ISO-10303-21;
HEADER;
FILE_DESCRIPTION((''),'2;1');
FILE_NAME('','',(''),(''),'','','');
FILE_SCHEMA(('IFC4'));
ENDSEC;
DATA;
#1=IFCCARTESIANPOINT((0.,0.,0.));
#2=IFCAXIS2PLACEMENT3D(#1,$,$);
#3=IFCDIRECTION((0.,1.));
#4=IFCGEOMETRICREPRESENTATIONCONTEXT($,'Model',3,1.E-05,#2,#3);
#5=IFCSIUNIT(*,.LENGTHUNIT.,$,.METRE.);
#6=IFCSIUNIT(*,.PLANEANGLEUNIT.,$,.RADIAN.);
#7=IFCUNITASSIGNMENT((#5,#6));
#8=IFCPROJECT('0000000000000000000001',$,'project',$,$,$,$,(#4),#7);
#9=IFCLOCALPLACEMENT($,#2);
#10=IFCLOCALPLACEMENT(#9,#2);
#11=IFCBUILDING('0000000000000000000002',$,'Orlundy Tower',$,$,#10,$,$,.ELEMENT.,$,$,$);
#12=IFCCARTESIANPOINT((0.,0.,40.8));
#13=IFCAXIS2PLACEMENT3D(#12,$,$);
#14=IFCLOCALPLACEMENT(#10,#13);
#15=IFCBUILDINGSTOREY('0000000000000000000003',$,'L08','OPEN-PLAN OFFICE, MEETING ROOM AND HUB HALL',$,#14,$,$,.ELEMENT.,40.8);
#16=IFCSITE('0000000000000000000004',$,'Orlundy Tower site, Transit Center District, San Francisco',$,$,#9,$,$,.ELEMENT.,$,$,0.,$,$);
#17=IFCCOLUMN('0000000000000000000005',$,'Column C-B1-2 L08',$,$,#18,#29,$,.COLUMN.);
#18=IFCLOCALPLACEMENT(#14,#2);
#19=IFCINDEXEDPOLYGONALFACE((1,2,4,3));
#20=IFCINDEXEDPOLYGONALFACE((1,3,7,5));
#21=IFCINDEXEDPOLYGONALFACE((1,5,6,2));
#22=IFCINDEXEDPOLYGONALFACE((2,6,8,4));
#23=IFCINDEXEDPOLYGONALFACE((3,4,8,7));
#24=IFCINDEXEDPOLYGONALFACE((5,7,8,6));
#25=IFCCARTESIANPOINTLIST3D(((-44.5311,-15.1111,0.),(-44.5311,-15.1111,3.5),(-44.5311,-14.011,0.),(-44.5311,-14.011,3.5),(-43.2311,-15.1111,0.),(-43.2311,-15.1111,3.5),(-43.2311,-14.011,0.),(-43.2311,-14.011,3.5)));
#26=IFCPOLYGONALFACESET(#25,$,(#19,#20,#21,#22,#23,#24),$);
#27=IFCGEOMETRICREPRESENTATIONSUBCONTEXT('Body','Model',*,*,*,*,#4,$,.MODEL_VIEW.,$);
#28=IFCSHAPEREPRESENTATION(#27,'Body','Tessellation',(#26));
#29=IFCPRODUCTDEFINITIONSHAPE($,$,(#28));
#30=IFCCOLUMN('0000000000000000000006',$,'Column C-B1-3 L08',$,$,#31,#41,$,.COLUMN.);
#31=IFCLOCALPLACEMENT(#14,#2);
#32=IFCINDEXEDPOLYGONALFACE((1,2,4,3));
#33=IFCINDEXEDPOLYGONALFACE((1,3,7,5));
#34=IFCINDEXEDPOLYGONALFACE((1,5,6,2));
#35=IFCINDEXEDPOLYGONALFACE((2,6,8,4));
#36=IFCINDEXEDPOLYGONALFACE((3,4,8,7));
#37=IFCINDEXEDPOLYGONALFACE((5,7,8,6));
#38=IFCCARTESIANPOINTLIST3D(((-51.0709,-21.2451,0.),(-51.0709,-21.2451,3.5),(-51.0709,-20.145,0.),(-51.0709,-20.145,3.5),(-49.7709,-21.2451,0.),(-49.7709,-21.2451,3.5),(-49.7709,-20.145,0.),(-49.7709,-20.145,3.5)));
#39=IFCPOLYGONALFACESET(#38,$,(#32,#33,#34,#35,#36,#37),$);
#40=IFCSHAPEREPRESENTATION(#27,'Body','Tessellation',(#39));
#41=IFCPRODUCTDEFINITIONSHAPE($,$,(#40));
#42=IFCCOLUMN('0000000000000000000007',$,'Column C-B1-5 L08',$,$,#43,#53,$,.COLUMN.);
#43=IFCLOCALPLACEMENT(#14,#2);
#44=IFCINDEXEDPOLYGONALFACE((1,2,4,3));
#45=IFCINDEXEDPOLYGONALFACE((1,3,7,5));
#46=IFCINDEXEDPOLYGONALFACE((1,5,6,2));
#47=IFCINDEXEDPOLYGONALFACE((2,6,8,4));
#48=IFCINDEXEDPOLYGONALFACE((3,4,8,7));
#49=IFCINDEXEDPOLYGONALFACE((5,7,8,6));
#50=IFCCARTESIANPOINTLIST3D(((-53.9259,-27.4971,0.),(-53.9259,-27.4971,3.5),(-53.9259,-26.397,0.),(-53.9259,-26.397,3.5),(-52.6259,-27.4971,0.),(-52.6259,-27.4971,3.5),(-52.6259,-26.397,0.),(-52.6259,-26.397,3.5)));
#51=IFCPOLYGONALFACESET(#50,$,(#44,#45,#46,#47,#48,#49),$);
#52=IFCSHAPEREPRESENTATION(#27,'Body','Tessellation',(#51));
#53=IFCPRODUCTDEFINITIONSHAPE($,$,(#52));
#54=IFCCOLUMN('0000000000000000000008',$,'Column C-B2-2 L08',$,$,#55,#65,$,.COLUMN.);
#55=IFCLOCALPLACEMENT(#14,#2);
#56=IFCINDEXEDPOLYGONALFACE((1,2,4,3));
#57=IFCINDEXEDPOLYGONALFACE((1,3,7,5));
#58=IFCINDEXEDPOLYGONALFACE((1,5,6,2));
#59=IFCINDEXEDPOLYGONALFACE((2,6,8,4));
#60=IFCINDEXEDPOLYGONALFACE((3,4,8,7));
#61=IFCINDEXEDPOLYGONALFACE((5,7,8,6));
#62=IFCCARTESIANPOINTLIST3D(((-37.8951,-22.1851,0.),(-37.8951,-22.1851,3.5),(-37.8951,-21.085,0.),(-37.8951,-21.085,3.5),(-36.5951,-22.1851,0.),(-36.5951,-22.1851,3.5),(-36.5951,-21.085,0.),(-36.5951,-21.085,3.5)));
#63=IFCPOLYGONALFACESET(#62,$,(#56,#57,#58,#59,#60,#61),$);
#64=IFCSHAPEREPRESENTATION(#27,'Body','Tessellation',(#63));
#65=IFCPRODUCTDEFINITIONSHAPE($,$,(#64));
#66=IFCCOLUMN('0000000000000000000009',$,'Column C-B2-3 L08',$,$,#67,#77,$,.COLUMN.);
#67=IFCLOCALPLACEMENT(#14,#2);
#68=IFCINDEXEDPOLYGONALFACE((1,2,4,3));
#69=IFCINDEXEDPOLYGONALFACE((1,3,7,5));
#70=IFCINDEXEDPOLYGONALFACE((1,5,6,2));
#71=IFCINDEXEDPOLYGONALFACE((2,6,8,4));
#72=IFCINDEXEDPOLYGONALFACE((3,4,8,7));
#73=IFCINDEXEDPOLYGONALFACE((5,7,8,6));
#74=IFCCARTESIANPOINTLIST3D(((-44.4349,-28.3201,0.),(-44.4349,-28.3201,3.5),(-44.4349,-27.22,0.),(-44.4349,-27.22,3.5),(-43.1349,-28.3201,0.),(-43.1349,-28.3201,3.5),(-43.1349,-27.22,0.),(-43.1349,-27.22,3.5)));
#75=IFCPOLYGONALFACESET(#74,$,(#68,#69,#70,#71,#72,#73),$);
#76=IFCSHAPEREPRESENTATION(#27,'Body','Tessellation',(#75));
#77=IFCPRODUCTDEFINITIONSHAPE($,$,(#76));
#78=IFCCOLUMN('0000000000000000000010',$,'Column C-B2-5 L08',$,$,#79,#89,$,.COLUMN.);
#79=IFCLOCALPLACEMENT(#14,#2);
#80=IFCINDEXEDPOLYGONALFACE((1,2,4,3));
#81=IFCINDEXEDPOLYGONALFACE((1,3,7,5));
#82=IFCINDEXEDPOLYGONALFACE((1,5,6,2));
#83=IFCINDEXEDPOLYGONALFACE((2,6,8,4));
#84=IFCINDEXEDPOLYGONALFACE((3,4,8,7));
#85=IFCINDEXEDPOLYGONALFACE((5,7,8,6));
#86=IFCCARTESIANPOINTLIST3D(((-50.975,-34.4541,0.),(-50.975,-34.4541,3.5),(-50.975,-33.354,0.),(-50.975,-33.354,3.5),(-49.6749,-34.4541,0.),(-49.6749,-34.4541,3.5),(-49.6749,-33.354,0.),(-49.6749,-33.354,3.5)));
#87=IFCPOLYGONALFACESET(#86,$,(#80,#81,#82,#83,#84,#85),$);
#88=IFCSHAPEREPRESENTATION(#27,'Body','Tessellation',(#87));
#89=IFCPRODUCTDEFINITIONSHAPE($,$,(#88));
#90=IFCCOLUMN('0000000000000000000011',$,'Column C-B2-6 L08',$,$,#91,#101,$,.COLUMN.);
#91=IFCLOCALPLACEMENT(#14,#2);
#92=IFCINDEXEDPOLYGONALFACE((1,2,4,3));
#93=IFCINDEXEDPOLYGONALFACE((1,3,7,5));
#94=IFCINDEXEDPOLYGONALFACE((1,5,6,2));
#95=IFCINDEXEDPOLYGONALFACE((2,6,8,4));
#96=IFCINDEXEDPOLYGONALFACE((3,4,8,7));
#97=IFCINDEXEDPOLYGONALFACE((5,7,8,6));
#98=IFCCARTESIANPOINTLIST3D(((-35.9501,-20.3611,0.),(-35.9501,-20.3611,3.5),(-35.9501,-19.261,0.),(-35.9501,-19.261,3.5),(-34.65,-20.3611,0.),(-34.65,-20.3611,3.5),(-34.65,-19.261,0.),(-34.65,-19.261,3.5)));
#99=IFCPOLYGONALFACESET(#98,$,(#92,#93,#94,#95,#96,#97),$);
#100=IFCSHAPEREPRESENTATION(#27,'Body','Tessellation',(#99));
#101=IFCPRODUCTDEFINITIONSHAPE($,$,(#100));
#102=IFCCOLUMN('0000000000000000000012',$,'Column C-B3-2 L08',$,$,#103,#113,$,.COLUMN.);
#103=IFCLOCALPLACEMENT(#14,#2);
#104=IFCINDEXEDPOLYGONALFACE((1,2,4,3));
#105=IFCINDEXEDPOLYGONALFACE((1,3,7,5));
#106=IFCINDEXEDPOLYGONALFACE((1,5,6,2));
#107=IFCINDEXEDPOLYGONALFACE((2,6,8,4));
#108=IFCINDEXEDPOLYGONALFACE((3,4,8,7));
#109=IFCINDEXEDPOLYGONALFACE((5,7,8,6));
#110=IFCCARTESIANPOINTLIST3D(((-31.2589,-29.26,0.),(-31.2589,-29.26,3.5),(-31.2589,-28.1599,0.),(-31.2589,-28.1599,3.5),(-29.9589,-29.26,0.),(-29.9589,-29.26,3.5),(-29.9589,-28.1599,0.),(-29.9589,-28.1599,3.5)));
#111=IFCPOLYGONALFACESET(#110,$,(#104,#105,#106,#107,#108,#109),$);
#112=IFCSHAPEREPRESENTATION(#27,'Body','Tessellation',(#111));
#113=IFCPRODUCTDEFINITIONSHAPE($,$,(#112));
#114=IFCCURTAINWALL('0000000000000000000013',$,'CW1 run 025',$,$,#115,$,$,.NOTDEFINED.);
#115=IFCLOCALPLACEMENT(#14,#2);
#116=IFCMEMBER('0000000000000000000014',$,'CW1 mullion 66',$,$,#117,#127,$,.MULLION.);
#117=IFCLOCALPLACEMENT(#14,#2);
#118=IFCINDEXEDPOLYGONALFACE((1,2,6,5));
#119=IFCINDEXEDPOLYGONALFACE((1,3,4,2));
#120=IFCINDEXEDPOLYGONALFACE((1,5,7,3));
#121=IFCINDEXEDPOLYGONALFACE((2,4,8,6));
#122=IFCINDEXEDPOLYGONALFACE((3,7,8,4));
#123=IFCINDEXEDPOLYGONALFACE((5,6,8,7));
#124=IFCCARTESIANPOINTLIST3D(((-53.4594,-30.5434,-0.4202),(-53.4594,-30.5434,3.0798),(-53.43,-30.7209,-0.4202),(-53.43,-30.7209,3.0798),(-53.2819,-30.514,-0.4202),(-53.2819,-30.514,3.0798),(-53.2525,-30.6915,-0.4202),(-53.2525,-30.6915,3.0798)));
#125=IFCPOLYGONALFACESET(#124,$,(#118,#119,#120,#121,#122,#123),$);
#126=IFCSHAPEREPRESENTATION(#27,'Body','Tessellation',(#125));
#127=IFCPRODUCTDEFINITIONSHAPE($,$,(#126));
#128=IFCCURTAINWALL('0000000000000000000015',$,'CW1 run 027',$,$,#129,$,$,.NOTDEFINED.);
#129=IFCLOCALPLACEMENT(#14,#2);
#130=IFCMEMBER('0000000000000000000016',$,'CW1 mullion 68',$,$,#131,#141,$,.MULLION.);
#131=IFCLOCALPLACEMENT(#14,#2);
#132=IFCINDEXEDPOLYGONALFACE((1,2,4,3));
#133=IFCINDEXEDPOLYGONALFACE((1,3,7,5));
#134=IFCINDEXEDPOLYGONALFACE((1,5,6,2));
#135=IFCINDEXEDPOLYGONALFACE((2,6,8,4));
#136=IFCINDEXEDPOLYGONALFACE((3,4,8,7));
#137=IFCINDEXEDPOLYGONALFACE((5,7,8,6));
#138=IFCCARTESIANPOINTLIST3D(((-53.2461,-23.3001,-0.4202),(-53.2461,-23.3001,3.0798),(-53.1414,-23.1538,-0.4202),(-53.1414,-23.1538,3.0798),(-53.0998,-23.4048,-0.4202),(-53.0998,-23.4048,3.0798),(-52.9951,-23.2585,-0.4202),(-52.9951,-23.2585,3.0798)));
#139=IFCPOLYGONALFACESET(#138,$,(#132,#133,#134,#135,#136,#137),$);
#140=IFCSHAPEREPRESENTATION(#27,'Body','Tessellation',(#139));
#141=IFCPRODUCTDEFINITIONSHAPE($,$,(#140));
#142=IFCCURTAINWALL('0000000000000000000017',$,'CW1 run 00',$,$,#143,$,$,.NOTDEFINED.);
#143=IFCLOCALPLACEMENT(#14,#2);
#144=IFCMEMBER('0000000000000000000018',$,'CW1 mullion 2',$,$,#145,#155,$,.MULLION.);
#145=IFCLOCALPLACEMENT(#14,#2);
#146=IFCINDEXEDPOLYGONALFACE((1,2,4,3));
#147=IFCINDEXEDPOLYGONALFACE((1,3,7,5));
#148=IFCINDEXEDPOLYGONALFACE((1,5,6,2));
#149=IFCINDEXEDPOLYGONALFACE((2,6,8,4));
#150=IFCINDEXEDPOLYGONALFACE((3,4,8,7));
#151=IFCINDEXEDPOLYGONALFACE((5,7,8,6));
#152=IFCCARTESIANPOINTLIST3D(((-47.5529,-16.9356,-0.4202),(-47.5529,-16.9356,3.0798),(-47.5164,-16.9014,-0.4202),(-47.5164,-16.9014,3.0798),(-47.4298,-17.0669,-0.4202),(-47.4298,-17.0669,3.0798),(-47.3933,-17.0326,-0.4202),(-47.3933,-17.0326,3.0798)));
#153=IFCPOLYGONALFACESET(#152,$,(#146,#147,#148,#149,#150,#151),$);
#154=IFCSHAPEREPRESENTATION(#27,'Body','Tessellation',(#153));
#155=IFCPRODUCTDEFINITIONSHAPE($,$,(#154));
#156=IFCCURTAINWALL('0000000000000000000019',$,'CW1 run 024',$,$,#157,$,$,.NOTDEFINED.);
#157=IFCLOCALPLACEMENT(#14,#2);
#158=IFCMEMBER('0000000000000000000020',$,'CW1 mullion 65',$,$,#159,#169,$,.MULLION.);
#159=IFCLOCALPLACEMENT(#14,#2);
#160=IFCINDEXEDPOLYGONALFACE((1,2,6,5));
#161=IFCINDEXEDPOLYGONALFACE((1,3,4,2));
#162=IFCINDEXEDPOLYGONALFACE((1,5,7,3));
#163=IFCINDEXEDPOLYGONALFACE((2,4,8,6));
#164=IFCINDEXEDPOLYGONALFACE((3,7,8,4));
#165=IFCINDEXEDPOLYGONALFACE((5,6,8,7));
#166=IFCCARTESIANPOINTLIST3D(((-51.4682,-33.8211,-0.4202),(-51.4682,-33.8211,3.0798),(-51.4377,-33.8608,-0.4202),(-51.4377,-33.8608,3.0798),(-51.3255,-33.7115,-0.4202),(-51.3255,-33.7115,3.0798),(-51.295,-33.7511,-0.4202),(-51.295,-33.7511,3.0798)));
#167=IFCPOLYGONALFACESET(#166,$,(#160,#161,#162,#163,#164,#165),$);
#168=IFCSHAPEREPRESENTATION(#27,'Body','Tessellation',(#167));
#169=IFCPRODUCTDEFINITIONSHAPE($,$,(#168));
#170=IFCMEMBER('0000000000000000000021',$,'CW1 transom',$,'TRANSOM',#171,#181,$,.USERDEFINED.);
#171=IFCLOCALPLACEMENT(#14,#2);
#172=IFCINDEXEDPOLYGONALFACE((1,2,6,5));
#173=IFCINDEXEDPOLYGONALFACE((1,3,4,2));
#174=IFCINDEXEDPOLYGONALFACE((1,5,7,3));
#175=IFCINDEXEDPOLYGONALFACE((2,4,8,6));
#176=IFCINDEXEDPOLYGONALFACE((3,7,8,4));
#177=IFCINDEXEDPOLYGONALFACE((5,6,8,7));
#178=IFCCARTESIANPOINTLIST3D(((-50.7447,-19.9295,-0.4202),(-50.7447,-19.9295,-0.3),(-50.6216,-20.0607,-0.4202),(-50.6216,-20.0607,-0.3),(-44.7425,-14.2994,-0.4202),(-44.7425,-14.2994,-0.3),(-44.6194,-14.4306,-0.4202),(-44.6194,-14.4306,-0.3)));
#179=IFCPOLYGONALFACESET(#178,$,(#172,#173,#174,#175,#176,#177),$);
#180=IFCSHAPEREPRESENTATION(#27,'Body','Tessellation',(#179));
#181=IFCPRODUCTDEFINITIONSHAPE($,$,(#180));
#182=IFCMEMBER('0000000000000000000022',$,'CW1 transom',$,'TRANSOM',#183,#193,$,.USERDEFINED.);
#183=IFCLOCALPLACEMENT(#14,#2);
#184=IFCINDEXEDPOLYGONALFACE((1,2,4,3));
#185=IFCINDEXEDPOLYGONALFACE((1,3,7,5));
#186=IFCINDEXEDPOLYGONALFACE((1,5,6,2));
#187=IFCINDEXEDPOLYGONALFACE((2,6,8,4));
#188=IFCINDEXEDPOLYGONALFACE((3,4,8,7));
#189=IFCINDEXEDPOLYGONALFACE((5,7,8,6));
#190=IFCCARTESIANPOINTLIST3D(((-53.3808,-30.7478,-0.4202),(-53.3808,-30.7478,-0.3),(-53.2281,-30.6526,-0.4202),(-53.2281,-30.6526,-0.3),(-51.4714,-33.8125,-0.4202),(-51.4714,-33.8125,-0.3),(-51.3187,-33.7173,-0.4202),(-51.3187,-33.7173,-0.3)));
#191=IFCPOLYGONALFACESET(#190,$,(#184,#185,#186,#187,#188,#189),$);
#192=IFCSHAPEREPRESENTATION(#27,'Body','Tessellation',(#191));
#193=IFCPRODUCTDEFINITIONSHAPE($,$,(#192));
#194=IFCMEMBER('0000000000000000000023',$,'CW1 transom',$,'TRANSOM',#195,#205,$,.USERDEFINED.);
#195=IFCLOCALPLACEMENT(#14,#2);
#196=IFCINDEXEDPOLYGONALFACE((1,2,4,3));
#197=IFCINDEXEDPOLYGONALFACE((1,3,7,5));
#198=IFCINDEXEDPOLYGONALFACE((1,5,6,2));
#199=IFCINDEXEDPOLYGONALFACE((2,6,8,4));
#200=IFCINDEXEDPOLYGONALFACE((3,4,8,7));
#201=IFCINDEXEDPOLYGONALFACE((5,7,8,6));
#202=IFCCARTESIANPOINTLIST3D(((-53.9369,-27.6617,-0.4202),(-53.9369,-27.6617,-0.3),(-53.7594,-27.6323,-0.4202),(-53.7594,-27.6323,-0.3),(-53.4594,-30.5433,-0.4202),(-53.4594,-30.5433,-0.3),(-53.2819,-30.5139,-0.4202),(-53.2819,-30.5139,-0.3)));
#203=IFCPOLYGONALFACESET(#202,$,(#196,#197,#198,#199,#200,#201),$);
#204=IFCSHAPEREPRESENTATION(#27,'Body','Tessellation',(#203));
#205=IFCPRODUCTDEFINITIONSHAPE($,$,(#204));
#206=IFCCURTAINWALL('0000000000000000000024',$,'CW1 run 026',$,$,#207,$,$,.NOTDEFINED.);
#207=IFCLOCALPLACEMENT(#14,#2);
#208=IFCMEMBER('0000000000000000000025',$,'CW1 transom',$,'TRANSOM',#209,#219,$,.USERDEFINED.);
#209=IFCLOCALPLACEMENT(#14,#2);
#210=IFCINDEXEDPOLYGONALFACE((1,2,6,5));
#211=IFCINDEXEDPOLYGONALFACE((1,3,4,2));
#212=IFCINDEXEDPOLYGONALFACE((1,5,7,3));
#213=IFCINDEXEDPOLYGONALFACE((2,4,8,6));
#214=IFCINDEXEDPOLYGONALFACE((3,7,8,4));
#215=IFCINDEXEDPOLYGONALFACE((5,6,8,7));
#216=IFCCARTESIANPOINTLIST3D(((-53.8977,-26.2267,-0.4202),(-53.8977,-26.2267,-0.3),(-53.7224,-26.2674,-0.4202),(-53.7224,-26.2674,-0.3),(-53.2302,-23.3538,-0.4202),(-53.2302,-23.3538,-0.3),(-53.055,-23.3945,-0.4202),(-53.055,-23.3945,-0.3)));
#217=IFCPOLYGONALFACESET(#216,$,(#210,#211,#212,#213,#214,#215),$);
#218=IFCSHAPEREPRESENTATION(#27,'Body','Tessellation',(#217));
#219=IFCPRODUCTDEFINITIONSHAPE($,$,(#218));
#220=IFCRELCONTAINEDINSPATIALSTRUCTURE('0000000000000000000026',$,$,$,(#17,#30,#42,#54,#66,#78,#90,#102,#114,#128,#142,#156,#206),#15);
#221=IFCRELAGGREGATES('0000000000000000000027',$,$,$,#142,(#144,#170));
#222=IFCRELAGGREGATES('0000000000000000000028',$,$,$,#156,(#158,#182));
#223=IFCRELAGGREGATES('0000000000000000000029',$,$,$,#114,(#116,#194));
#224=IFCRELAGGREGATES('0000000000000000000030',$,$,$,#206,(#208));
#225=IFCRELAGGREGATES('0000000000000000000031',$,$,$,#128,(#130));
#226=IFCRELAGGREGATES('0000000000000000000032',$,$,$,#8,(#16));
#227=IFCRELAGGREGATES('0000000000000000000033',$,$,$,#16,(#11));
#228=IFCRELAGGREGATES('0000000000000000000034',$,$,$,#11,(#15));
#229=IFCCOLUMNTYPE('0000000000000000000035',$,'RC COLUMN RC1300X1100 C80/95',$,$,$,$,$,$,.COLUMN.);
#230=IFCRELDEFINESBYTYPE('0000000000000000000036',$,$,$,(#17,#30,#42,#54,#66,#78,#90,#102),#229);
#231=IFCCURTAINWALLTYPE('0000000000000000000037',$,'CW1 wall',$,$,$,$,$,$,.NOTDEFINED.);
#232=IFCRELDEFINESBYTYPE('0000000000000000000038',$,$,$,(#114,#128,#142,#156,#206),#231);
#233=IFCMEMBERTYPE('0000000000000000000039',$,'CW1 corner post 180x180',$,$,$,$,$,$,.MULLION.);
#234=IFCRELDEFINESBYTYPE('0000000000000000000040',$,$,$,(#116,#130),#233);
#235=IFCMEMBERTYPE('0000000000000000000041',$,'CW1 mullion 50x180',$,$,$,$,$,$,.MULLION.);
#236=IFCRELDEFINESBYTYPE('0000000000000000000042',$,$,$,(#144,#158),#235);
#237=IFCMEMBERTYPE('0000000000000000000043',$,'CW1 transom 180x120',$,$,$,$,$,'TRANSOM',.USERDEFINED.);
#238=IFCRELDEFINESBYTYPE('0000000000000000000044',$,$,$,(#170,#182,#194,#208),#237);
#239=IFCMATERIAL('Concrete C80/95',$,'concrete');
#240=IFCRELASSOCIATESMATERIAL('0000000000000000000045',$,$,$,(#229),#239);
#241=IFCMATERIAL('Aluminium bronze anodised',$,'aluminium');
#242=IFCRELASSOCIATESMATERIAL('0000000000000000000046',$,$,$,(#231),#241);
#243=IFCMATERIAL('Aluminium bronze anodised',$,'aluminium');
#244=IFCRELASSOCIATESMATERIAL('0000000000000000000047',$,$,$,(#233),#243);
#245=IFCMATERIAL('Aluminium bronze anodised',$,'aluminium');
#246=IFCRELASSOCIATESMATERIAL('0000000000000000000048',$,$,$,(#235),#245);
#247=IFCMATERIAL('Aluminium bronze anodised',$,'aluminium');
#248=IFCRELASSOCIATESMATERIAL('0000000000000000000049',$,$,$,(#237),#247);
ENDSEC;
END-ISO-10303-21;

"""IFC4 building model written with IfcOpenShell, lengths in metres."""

from ifc_helpers import new_model, si_unit, direction, frame, origin, origin_2d, place, context, subcontext, project, spatial, rectangle, extrude, material, material_profile, profile_set, type_object, element, aggregate, save


model = new_model("IFC4")

# Units and contexts
model_context = context("Model", 3, precision=1e-05, world=origin(), true_north=direction((0.0, 1.0)))
body_context = subcontext(model_context, "Body", "Model", "MODEL_VIEW")
ifc_project = project(units=[si_unit("LENGTHUNIT", "METRE"), si_unit("PLANEANGLEUNIT", "RADIAN")], contexts=[model_context])

# Site, building, storey
site_placement = place(None, origin())
site = spatial("IfcSite", under=ifc_project, at=site_placement, Name="Orlundy Tower site, Transit Center District, San Francisco", CompositionType="ELEMENT", RefElevation=0.0)
building_placement = place(site_placement, origin())
building = spatial("IfcBuilding", under=site, at=building_placement, Name="Orlundy Tower", CompositionType="ELEMENT")
storey_placement = place(building_placement, frame((0.0, 0.0, 40.8)))
storey = spatial("IfcBuildingStorey", under=building, at=storey_placement, Name="L08", Description="OPEN-PLAN OFFICE, MEETING ROOM AND HUB HALL", CompositionType="ELEMENT", Elevation=40.8)

# Columns
ifc_material_1 = material(Name="Concrete C80/95", Category="concrete")
ifc_material_profile_1 = material_profile(ifc_material_1, rectangle(XDim=1.3, YDim=1.1001, at=origin_2d()), Name="RC1300X1100")
ifc_profile_set_1 = profile_set([ifc_material_profile_1], Name="Concrete C80/95")
column_type = type_object("IfcColumnType", Name="RC COLUMN RC1300X1100 C80/95", PredefinedType="COLUMN", material=ifc_profile_set_1)
for number, where, z_axis, x_axis, name in (
    (1, (-43.8811, -14.561, 0.0), (0.0, 0.0, 1.0), (1.0, 0.0, 0.0), "Column C-B1-2 L08"),
    (2, (-50.4209, -20.6951, 0.0), (0.0, 0.0, 1.0), (1.0, 0.0, 0.0), "Column C-B1-3 L08"),
    (3, (-53.2759, -26.947, 0.0), (0.0, 0.0, 1.0), (1.0, 0.0, 0.0), "Column C-B1-5 L08"),
    (4, (-37.2451, -21.635, 0.0), (0.0, 0.0, 1.0), (1.0, 0.0, 0.0), "Column C-B2-2 L08"),
    (5, (-43.7849, -27.77, 0.0), (0.0, 0.0, 1.0), (1.0, 0.0, 0.0), "Column C-B2-3 L08"),
    (6, (-50.325, -33.9041, 0.0), (0.0, 0.0, 1.0), (1.0, 0.0, 0.0), "Column C-B2-5 L08"),
    (7, (-35.3, -19.811, 0.0), (0.0, 0.0, 1.0), (1.0, 0.0, 0.0), "Column C-B2-6 L08"),
    (8, (-30.6089, -28.71, 0.0), (0.0, 0.0, 1.0), (1.0, 0.0, 0.0), "Column C-B3-2 L08"),
):
    element("IfcColumn", number, at=place(storey_placement, frame(where, z_axis=z_axis, x_axis=x_axis)), inside=storey, type_object=column_type, Name=name, PredefinedType="COLUMN", context=body_context, shape_type="SweptSolid", body=[
        extrude(rectangle(XDim=1.3, YDim=1.1001, at=origin_2d()), origin(), (0.0, 0.0, 1.0), 3.5),
    ])

# Curtain walls, members
ifc_material_2 = material(Name="Aluminium bronze anodised", Category="aluminium")
curtain_wall_type = type_object("IfcCurtainWallType", Name="CW1 wall", PredefinedType="NOTDEFINED", material=ifc_material_2)
curtain_wall_1_placement = place(storey_placement, origin())
curtain_wall_1 = element("IfcCurtainWall", 9, at=curtain_wall_1_placement, inside=storey, type_object=curtain_wall_type, Name="CW1 run 025", PredefinedType="NOTDEFINED")
ifc_material_3 = material(Name="Aluminium bronze anodised", Category="aluminium")
ifc_material_profile_2 = material_profile(ifc_material_3, rectangle(XDim=0.1799, YDim=0.1799, at=origin_2d()), Name="CW1 corner post 180x180")
ifc_profile_set_2 = profile_set([ifc_material_profile_2], Name="Aluminium bronze anodised")
member_type_1 = type_object("IfcMemberType", Name="CW1 corner post 180x180", PredefinedType="MULLION", material=ifc_profile_set_2)
member_1_placement = place(storey_placement, frame((-53.356, -30.6174, -0.4202), z_axis=(0.0, 0.0, 1.0), x_axis=(-0.986547, -0.16348, 0.0)))
member_1 = element("IfcMember", 10, at=member_1_placement, type_object=member_type_1, Name="CW1 mullion 66", PredefinedType="MULLION", context=body_context, shape_type="SweptSolid", body=[
    extrude(rectangle(XDim=0.1799, YDim=0.1799, at=origin_2d()), origin(), (0.0, 0.0, 1.0), 3.5),
])
curtain_wall_2_placement = place(storey_placement, origin())
curtain_wall_2 = element("IfcCurtainWall", 11, at=curtain_wall_2_placement, inside=storey, type_object=curtain_wall_type, Name="CW1 run 027", PredefinedType="NOTDEFINED")
member_2_placement = place(storey_placement, frame((-53.1206, -23.2793, -0.4202), z_axis=(0.0, 0.0, 1.0), x_axis=(-0.813204, 0.581978, 0.0)))
member_2 = element("IfcMember", 12, at=member_2_placement, type_object=member_type_1, Name="CW1 mullion 68", PredefinedType="MULLION", context=body_context, shape_type="SweptSolid", body=[
    extrude(rectangle(XDim=0.1799, YDim=0.1799, at=origin_2d()), origin(), (0.0, 0.0, 1.0), 3.5),
])
curtain_wall_3_placement = place(storey_placement, origin())
curtain_wall_3 = element("IfcCurtainWall", 13, at=curtain_wall_3_placement, inside=storey, type_object=curtain_wall_type, Name="CW1 run 00", PredefinedType="NOTDEFINED")
ifc_material_4 = material(Name="Aluminium bronze anodised", Category="aluminium")
ifc_material_profile_3 = material_profile(ifc_material_4, rectangle(XDim=0.1799, YDim=0.05, at=origin_2d()), Name="CW1 mullion 50x180")
ifc_profile_set_3 = profile_set([ifc_material_profile_3], Name="Aluminium bronze anodised")
member_type_2 = type_object("IfcMemberType", Name="CW1 mullion 50x180", PredefinedType="MULLION", material=ifc_profile_set_3)
member_3_placement = place(storey_placement, frame((-47.4731, -16.9841, -0.4202), z_axis=(0.0, 0.0, 1.0), x_axis=(-0.684139, 0.729351, 0.0)))
member_3 = element("IfcMember", 14, at=member_3_placement, type_object=member_type_2, Name="CW1 mullion 2", PredefinedType="MULLION", context=body_context, shape_type="SweptSolid", body=[
    extrude(rectangle(XDim=0.1799, YDim=0.05, at=origin_2d()), origin(), (0.0, 0.0, 1.0), 3.5),
])
curtain_wall_4_placement = place(storey_placement, origin())
curtain_wall_4 = element("IfcCurtainWall", 15, at=curtain_wall_4_placement, inside=storey, type_object=curtain_wall_type, Name="CW1 run 024", PredefinedType="NOTDEFINED")
member_4_placement = place(storey_placement, frame((-51.3816, -33.7861, -0.4202), z_axis=(0.0, 0.0, 1.0), x_axis=(-0.792873, -0.609387, 0.0)))
member_4 = element("IfcMember", 16, at=member_4_placement, type_object=member_type_2, Name="CW1 mullion 65", PredefinedType="MULLION", context=body_context, shape_type="SweptSolid", body=[
    extrude(rectangle(XDim=0.1799, YDim=0.05, at=origin_2d()), origin(), (0.0, 0.0, 1.0), 3.5),
])

# Members
ifc_material_5 = material(Name="Aluminium bronze anodised", Category="aluminium")
ifc_material_profile_4 = material_profile(ifc_material_5, rectangle(XDim=0.1799, YDim=0.1201, at=origin_2d()), Name="CW1 transom 180x120")
ifc_profile_set_4 = profile_set([ifc_material_profile_4], Name="Aluminium bronze anodised")
member_type_3 = type_object("IfcMemberType", Name="CW1 transom 180x120", ElementType="TRANSOM", PredefinedType="USERDEFINED", material=ifc_profile_set_4)
member_5_placement = place(storey_placement, frame((-50.6831, -19.9951, -0.3601), z_axis=(0.729351, 0.684139, 0.0), x_axis=(-0.684139, 0.729351, 0.0)))
member_5 = element("IfcMember", 17, at=member_5_placement, type_object=member_type_3, Name="CW1 transom", ObjectType="TRANSOM", PredefinedType="USERDEFINED", context=body_context, shape_type="SweptSolid", body=[
    extrude(rectangle(XDim=0.1799, YDim=0.1201, at=origin_2d()), origin(), (0.0, 0.0, 1.0), 8.2295),
])
member_6_placement = place(storey_placement, frame((-51.395, -33.7649, -0.3601), z_axis=(-0.528801, 0.848746, 0.0), x_axis=(-0.848746, -0.528801, 0.0)))
member_6 = element("IfcMember", 18, at=member_6_placement, type_object=member_type_3, Name="CW1 transom", ObjectType="TRANSOM", PredefinedType="USERDEFINED", context=body_context, shape_type="SweptSolid", body=[
    extrude(rectangle(XDim=0.1799, YDim=0.1201, at=origin_2d()), origin(), (0.0, 0.0, 1.0), 3.6108),
])
member_7_placement = place(storey_placement, frame((-53.3706, -30.5286, -0.3601), z_axis=(-0.163491, 0.986545, 0.0), x_axis=(-0.986545, -0.163491, 0.0)))
member_7 = element("IfcMember", 19, at=member_7_placement, type_object=member_type_3, Name="CW1 transom", ObjectType="TRANSOM", PredefinedType="USERDEFINED", context=body_context, shape_type="SweptSolid", body=[
    extrude(rectangle(XDim=0.1799, YDim=0.1201, at=origin_2d()), origin(), (0.0, 0.0, 1.0), 2.9209),
])

# Curtain wall, member
curtain_wall_5_placement = place(storey_placement, origin())
curtain_wall_5 = element("IfcCurtainWall", 20, at=curtain_wall_5_placement, inside=storey, type_object=curtain_wall_type, Name="CW1 run 026", PredefinedType="NOTDEFINED")
member_8_placement = place(storey_placement, frame((-53.8101, -26.2471, -0.3601), z_axis=(0.226298, 0.974058, 0.0), x_axis=(-0.974058, 0.226298, 0.0)))
member_8 = element("IfcMember", 21, at=member_8_placement, type_object=member_type_3, Name="CW1 transom", ObjectType="TRANSOM", PredefinedType="USERDEFINED", context=body_context, shape_type="SweptSolid", body=[
    extrude(rectangle(XDim=0.1799, YDim=0.1201, at=origin_2d()), origin(), (0.0, 0.0, 1.0), 2.9495),
])

aggregate(curtain_wall_3, [member_3, member_5])

aggregate(curtain_wall_4, [member_4, member_6])
aggregate(curtain_wall_1, [member_1, member_7])
aggregate(curtain_wall_5, [member_8])
aggregate(curtain_wall_2, [member_2])

save(model, "model.ifc")
